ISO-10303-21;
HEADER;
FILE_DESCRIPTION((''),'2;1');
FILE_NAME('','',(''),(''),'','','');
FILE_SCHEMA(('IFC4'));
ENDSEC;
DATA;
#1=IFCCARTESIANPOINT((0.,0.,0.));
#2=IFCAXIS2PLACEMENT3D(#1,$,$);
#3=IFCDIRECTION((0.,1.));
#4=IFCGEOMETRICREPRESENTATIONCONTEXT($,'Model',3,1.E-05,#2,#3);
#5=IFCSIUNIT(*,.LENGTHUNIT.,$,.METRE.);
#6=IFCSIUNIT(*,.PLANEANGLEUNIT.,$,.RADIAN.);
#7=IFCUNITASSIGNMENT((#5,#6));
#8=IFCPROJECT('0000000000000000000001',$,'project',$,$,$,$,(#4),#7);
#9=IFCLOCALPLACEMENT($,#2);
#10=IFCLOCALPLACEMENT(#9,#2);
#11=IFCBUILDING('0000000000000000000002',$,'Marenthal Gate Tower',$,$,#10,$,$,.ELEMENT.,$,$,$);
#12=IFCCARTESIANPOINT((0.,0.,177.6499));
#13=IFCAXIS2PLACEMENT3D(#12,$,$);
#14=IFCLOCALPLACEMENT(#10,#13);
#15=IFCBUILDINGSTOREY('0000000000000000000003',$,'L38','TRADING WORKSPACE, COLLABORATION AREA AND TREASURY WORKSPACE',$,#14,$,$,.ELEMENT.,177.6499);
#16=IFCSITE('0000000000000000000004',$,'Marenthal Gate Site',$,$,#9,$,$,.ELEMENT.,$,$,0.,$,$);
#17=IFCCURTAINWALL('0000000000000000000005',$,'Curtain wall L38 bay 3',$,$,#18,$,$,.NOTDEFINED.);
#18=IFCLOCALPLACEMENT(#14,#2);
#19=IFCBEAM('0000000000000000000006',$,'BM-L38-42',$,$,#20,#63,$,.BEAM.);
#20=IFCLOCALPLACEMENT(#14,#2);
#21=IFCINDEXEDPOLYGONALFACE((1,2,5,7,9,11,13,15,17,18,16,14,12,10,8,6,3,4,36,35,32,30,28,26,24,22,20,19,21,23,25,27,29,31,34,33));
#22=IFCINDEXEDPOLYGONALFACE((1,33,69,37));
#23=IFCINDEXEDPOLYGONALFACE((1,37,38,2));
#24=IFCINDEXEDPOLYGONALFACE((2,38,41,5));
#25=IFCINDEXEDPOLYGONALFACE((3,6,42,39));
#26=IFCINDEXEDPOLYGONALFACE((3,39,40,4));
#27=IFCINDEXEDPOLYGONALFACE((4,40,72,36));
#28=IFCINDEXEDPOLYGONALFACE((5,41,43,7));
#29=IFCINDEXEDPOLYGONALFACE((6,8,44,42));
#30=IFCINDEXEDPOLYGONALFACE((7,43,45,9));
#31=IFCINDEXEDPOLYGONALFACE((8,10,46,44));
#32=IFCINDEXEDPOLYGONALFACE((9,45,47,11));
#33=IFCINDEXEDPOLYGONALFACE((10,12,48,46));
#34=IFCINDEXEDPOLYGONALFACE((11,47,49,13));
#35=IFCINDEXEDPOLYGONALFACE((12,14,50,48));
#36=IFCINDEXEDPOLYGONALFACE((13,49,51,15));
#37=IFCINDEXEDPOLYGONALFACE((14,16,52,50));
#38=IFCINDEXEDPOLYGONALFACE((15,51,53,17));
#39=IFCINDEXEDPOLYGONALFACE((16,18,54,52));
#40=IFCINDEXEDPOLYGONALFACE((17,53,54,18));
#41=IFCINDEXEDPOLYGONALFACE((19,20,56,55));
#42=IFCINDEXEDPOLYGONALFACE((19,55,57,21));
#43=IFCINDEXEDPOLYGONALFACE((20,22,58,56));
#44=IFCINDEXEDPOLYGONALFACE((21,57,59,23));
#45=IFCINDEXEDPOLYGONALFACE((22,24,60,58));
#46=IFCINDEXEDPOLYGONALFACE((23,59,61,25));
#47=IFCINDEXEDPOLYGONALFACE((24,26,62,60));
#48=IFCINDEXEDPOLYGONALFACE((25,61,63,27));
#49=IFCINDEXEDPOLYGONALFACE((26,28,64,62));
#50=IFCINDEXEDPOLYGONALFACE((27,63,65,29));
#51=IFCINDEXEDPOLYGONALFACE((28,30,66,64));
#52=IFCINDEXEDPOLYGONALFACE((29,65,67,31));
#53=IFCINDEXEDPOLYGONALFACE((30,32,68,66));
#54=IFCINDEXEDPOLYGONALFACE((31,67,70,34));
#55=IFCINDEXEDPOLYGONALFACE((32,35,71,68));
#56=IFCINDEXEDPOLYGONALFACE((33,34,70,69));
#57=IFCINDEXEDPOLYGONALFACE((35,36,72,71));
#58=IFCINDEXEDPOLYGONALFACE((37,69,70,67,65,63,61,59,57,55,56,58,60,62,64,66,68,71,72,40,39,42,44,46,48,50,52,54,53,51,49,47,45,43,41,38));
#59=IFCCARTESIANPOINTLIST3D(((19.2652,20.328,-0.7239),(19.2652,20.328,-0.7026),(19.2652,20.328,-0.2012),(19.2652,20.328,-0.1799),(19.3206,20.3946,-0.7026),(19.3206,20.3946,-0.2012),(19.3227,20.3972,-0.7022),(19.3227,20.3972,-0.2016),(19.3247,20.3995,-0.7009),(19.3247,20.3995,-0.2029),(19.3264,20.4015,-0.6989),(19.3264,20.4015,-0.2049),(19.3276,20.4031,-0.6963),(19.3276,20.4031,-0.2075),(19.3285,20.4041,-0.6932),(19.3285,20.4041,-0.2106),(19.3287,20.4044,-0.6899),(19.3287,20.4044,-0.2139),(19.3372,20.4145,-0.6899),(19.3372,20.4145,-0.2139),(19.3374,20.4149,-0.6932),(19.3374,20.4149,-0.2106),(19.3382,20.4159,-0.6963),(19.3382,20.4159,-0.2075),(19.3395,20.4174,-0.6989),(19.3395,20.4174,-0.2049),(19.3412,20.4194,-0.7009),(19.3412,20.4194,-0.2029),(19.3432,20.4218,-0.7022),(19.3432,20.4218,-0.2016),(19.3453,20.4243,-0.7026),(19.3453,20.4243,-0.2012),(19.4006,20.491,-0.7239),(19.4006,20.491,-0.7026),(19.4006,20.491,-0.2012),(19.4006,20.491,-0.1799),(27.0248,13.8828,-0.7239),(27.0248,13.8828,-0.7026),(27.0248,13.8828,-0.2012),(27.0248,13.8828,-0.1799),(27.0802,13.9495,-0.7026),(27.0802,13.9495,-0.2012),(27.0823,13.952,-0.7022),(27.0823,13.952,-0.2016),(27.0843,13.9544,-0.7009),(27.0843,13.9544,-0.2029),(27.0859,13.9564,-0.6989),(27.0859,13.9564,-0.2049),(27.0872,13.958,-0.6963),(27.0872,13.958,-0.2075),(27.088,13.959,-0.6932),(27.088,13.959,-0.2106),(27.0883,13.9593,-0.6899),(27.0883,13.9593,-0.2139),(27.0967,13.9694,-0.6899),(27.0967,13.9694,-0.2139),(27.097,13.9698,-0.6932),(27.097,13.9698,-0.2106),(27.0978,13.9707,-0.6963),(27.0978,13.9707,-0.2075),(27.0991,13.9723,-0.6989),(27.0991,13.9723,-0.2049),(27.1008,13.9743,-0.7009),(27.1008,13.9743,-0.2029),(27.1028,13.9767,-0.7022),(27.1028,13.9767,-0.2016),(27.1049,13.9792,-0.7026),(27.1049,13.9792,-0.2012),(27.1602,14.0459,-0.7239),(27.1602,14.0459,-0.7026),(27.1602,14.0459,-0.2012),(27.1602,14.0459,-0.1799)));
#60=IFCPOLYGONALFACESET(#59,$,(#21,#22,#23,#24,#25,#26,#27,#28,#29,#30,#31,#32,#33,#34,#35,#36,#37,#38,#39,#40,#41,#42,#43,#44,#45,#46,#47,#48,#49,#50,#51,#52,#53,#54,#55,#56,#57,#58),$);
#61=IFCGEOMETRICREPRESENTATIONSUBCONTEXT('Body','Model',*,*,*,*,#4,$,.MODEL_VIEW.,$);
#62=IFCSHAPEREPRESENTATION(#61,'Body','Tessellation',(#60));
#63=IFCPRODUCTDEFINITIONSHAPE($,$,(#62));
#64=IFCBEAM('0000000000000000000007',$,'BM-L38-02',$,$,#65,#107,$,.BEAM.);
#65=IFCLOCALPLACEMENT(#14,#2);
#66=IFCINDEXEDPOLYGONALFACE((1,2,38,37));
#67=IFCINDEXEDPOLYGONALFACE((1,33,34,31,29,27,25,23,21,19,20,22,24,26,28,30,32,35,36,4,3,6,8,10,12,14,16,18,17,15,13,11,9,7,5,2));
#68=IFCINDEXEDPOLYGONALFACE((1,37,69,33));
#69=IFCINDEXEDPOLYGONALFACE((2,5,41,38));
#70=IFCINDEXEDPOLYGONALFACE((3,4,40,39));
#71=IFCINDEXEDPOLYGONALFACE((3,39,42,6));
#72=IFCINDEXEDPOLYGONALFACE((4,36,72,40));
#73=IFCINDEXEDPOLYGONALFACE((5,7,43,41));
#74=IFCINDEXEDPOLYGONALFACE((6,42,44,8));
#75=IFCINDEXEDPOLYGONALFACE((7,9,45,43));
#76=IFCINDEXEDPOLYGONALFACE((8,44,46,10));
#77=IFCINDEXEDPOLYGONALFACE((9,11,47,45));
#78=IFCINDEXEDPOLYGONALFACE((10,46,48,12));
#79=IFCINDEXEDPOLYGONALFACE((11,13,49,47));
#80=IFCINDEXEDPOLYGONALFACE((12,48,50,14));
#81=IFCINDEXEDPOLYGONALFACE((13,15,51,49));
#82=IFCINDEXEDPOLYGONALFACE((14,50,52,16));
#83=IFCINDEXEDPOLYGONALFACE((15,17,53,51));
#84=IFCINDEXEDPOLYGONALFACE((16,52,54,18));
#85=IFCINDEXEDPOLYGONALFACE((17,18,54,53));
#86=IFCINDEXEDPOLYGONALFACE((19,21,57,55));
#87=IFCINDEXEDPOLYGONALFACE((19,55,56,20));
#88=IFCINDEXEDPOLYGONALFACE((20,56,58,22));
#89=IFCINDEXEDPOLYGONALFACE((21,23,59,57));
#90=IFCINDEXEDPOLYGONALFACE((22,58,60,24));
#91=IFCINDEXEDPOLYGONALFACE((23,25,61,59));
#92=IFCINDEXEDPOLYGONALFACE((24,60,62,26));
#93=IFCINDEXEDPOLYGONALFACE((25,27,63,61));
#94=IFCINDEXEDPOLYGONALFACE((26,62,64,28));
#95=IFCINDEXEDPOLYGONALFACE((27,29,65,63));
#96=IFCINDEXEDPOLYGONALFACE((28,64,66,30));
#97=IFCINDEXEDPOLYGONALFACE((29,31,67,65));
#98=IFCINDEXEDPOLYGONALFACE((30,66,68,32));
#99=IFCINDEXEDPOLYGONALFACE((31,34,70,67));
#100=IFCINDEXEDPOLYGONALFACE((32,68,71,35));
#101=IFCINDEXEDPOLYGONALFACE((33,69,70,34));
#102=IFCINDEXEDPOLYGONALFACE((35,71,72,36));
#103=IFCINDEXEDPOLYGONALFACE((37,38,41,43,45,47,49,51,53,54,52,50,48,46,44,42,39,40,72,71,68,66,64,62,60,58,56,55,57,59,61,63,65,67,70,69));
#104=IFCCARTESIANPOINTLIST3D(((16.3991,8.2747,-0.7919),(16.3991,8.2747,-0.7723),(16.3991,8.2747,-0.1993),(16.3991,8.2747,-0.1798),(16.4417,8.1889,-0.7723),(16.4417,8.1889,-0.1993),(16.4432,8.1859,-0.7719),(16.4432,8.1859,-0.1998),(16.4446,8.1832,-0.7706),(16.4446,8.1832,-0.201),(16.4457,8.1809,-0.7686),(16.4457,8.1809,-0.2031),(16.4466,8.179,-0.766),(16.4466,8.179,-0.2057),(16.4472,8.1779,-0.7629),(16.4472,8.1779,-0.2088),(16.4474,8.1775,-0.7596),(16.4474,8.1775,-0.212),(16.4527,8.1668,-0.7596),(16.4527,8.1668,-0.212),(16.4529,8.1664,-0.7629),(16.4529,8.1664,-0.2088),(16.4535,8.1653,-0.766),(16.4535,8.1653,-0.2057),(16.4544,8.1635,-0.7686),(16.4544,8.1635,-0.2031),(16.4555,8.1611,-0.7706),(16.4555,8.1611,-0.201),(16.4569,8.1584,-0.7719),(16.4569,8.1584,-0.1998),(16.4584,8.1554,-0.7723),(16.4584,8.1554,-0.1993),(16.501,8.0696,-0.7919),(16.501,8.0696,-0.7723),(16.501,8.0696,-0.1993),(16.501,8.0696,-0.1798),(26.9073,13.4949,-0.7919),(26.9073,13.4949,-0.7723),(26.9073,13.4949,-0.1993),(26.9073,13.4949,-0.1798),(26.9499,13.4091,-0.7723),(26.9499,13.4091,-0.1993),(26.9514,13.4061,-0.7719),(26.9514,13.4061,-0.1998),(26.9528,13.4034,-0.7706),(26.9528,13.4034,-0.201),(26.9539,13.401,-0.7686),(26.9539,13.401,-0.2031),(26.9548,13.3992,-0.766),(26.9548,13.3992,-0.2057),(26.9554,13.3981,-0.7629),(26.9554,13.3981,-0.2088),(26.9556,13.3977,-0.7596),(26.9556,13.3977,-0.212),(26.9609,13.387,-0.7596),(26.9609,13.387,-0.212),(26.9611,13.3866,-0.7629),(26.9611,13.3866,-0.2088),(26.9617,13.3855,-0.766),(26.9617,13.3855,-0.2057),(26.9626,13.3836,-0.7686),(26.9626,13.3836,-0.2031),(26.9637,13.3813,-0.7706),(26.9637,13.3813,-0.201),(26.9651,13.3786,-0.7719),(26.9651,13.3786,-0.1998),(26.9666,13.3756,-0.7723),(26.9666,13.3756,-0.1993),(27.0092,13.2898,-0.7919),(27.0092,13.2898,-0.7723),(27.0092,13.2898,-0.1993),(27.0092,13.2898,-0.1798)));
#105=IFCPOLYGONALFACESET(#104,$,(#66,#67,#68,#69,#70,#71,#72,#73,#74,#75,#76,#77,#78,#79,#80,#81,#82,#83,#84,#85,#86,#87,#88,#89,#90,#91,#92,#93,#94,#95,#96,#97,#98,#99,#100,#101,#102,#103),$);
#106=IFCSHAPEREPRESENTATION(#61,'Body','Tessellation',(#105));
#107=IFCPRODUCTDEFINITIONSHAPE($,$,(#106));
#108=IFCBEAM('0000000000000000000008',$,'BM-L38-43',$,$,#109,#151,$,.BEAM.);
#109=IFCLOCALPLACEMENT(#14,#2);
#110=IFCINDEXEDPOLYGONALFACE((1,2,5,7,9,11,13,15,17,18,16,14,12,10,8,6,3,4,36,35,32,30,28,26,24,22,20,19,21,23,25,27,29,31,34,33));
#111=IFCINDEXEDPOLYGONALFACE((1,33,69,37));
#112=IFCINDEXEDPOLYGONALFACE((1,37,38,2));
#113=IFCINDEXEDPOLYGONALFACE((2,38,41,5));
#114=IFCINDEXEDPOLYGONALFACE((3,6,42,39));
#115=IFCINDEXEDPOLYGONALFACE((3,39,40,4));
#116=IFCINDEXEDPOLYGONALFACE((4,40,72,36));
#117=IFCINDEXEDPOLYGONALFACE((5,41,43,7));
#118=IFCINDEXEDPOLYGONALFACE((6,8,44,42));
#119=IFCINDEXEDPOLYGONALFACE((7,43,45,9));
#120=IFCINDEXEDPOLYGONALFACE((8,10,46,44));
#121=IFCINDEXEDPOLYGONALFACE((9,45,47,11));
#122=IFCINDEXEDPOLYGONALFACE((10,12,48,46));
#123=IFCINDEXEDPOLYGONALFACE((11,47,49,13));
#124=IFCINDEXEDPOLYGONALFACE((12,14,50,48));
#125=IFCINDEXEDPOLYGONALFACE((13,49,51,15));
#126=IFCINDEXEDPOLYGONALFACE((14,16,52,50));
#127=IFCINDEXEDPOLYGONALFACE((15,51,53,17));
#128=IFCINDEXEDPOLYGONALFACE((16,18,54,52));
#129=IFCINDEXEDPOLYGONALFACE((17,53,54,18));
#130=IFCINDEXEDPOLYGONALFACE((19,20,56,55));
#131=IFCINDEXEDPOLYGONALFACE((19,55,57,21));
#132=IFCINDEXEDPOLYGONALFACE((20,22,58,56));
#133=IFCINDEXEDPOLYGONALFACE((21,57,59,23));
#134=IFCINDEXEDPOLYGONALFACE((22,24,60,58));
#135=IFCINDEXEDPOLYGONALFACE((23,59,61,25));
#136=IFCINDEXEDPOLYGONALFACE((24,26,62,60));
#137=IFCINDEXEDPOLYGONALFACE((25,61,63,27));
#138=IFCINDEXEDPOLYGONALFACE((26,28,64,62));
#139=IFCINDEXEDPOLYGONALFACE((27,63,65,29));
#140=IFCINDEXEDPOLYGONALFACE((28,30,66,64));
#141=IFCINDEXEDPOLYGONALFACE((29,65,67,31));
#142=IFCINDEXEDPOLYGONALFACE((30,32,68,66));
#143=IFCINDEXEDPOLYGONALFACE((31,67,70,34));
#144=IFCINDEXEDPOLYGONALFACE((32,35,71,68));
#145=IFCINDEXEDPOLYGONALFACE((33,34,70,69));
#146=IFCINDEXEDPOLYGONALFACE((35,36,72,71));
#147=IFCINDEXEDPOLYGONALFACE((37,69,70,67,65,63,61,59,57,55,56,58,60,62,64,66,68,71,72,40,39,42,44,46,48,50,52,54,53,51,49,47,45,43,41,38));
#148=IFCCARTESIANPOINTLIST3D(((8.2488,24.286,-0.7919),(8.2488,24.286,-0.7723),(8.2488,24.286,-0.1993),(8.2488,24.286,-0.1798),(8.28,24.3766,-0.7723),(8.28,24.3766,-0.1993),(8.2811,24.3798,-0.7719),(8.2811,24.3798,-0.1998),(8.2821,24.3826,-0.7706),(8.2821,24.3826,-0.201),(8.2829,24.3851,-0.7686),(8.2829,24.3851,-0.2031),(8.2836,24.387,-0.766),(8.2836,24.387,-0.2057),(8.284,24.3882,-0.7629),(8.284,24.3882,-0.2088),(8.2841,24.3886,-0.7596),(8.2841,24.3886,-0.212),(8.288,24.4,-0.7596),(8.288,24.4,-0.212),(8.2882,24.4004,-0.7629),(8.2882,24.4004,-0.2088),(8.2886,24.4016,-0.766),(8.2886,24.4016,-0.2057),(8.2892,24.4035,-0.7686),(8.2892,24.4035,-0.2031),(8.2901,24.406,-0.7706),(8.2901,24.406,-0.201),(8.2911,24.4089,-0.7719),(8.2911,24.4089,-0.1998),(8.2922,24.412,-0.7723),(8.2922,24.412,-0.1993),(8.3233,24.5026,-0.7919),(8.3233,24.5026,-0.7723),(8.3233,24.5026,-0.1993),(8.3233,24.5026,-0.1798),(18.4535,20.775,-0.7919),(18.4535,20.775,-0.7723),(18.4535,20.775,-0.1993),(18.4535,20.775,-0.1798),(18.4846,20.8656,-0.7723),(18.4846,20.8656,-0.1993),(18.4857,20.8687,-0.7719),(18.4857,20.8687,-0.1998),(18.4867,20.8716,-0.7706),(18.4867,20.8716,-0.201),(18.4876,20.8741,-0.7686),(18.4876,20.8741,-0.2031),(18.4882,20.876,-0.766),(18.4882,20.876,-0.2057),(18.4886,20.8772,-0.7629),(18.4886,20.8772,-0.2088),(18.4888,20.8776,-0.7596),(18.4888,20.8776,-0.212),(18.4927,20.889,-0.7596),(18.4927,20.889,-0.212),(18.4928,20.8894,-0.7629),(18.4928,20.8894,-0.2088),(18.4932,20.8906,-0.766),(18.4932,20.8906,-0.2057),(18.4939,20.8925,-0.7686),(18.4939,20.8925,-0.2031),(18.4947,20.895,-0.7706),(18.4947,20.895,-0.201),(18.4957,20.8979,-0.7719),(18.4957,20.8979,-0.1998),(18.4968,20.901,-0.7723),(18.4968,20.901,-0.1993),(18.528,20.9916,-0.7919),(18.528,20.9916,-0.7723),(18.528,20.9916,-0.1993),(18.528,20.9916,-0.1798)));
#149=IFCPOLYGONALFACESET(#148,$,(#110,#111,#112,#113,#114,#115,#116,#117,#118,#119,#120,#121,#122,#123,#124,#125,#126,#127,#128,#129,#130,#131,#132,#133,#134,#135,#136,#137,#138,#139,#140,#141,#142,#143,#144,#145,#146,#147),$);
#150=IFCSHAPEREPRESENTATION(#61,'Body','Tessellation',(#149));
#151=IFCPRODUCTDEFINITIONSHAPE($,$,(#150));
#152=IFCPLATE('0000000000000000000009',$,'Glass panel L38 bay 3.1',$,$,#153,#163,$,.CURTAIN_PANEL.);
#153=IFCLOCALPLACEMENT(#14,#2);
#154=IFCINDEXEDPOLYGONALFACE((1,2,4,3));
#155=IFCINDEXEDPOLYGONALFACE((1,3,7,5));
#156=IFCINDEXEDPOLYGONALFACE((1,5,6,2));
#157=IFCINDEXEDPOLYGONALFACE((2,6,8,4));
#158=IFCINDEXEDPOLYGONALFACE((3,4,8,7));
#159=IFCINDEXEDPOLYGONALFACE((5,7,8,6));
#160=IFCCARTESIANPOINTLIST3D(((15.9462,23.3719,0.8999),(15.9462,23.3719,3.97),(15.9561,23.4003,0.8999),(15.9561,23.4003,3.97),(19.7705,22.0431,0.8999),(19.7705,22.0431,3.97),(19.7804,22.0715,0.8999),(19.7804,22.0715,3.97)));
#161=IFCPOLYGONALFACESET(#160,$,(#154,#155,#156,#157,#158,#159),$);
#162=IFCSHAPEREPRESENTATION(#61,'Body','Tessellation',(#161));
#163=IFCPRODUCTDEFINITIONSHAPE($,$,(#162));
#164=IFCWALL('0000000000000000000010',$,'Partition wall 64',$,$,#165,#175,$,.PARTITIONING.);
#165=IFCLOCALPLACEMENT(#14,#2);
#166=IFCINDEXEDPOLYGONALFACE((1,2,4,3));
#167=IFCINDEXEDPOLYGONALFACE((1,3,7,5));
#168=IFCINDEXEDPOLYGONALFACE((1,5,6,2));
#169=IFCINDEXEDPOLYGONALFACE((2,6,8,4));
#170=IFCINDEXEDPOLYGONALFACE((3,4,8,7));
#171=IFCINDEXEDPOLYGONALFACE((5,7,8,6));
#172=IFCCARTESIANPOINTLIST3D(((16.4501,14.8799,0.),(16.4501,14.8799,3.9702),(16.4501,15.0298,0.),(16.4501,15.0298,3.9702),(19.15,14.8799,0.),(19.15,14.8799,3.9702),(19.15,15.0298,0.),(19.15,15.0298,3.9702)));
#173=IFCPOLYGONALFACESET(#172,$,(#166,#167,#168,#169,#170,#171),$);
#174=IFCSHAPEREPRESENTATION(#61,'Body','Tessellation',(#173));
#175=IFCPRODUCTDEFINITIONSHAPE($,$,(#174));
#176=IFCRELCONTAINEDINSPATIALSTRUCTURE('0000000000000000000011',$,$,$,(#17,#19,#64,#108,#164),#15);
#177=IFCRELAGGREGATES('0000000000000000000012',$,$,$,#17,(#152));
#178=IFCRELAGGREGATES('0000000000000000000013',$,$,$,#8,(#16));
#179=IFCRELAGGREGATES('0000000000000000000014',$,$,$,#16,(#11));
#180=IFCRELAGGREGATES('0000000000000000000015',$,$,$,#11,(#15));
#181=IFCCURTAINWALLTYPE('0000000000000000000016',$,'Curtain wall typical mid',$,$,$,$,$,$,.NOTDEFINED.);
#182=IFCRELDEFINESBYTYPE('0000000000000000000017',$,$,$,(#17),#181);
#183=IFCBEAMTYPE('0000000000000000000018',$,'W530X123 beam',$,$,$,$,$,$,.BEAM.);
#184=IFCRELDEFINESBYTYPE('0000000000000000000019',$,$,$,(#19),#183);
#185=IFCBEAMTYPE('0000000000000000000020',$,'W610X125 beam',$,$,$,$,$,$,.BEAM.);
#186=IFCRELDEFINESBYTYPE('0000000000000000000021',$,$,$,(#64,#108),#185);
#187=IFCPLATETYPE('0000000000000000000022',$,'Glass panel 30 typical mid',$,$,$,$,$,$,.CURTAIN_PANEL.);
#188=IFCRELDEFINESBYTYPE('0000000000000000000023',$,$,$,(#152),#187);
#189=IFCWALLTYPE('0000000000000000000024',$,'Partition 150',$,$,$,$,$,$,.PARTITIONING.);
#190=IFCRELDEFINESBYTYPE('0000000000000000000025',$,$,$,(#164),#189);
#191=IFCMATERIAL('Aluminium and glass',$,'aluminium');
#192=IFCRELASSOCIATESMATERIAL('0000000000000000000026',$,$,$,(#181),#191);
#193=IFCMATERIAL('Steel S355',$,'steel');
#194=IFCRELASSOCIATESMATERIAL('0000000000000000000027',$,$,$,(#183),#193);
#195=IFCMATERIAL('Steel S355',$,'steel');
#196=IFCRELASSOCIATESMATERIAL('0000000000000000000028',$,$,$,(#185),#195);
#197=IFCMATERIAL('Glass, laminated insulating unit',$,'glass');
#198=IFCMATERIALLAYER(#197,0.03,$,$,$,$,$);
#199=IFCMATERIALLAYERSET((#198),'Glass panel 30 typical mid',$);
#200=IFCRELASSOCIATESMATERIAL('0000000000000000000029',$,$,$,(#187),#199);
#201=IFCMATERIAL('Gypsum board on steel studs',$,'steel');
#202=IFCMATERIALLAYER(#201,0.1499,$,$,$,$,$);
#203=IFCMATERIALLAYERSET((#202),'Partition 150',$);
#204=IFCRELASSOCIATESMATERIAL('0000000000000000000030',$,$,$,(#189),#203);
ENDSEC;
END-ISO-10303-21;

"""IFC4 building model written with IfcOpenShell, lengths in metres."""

from ifc_helpers import new_model, si_unit, direction, frame, frame_2d, origin, origin_2d, place, context, subcontext, project, spatial, rectangle, i_section, extrude, material, layer, layer_set, material_profile, profile_set, type_object, element, aggregate, save


model = new_model("IFC4")

# Units and contexts
model_context = context("Model", 3, precision=1e-05, world=origin(), true_north=direction((0.0, 1.0)))
body_context = subcontext(model_context, "Body", "Model", "MODEL_VIEW")
ifc_project = project(units=[si_unit("LENGTHUNIT", "METRE"), si_unit("PLANEANGLEUNIT", "RADIAN")], contexts=[model_context])

# Site, building, storey
site_placement = place(None, origin())
site = spatial("IfcSite", under=ifc_project, at=site_placement, Name="Marenthal Gate Site", CompositionType="ELEMENT", RefElevation=0.0)
building_placement = place(site_placement, origin())
building = spatial("IfcBuilding", under=site, at=building_placement, Name="Marenthal Gate Tower", CompositionType="ELEMENT")
storey_placement = place(building_placement, frame((0.0, 0.0, 177.6499)))
storey = spatial("IfcBuildingStorey", under=building, at=storey_placement, Name="L38", Description="TRADING WORKSPACE, COLLABORATION AREA AND TREASURY WORKSPACE", CompositionType="ELEMENT", Elevation=177.6499)

# Shared definitions
ifc_material_1 = material(Name="Aluminium and glass", Category="aluminium")
curtain_wall_type = type_object("IfcCurtainWallType", Name="Curtain wall typical mid", PredefinedType="NOTDEFINED", material=ifc_material_1)

# Curtain wall
curtain_wall_1_placement = place(storey_placement, origin())
curtain_wall_1 = element("IfcCurtainWall", 1, at=curtain_wall_1_placement, inside=storey, type_object=curtain_wall_type, Name="Curtain wall L38 bay 3", PredefinedType="NOTDEFINED")

# Beams
ifc_material_2 = material(Name="Steel S355", Category="steel")
ifc_material_profile_1 = material_profile(ifc_material_2, i_section(OverallWidth=0.2119, OverallDepth=0.5439, WebThickness=0.0132, FlangeThickness=0.0212, FilletRadius=0.0127, at=origin_2d()), Name="W530X123")
ifc_profile_set_1 = profile_set([ifc_material_profile_1], Name="Steel S355")
beam_type_1 = type_object("IfcBeamType", Name="W530X123 beam", PredefinedType="BEAM", material=ifc_profile_set_1)
beam_1_placement = place(storey_placement, frame((27.0925, 13.9644, -0.4519), z_axis=(-0.769254, 0.638943, 0.0), x_axis=(-0.638943, -0.769254, 0.0)))
element("IfcBeam", 2, at=beam_1_placement, inside=storey, type_object=beam_type_1, Name="BM-L38-42", PredefinedType="BEAM", context=body_context, shape_type="SweptSolid", body=[
    extrude(i_section(OverallWidth=0.2119, OverallDepth=0.5439, WebThickness=0.0132, FlangeThickness=0.0212, FilletRadius=0.0127, at=origin_2d()), origin(), (0.0, 0.0, 1.0), 10.0872),
])
ifc_material_3 = material(Name="Steel S355", Category="steel")
ifc_material_profile_2 = material_profile(ifc_material_3, i_section(OverallWidth=0.229, OverallDepth=0.6121, WebThickness=0.012, FlangeThickness=0.0195, FilletRadius=0.0127, at=origin_2d()), Name="W610X125")
ifc_profile_set_2 = profile_set([ifc_material_profile_2], Name="Steel S355")
beam_type_2 = type_object("IfcBeamType", Name="W610X125 beam", PredefinedType="BEAM", material=ifc_profile_set_2)
beam_2_placement = place(storey_placement, frame((26.9583, 13.3923, -0.4858), z_axis=(-0.895581, -0.444898, 0.0), x_axis=(0.444898, -0.895581, 0.0)))
element("IfcBeam", 3, at=beam_2_placement, inside=storey, type_object=beam_type_2, Name="BM-L38-02", PredefinedType="BEAM", context=body_context, shape_type="SweptSolid", body=[
    extrude(i_section(OverallWidth=0.229, OverallDepth=0.6121, WebThickness=0.012, FlangeThickness=0.0195, FilletRadius=0.0127, at=origin_2d()), origin(), (0.0, 0.0, 1.0), 11.7334),
])
beam_3_placement = place(storey_placement, frame((18.4907, 20.8833, -0.4858), z_axis=(-0.945597, 0.325342, 0.0), x_axis=(-0.325342, -0.945597, 0.0)))
element("IfcBeam", 4, at=beam_3_placement, inside=storey, type_object=beam_type_2, Name="BM-L38-43", PredefinedType="BEAM", context=body_context, shape_type="SweptSolid", body=[
    extrude(i_section(OverallWidth=0.229, OverallDepth=0.6121, WebThickness=0.012, FlangeThickness=0.0195, FilletRadius=0.0127, at=origin_2d()), origin(), (0.0, 0.0, 1.0), 10.7917),
])

# Plate
ifc_material_4 = material(Name="Glass, laminated insulating unit", Category="glass")
ifc_layer_1 = layer(ifc_material_4, 0.03)
ifc_layer_set_1 = layer_set([ifc_layer_1], Name="Glass panel 30 typical mid")
plate_type = type_object("IfcPlateType", Name="Glass panel 30 typical mid", PredefinedType="CURTAIN_PANEL", material=ifc_layer_set_1)
plate_placement = place(storey_placement, frame((17.8633, 22.7217, 0.8999), z_axis=(0.0, 0.0, 1.0), x_axis=(-0.944604, 0.328211, 0.0)))
plate = element("IfcPlate", 5, at=plate_placement, type_object=plate_type, Name="Glass panel L38 bay 3.1", PredefinedType="CURTAIN_PANEL", context=body_context, shape_type="SweptSolid", body=[
    extrude(rectangle(XDim=4.0486, YDim=0.03, at=origin_2d()), origin(), (0.0, 0.0, 1.0), 3.0701),
])
aggregate(curtain_wall_1, [plate])

# Wall
ifc_material_5 = material(Name="Gypsum board on steel studs", Category="steel")
ifc_layer_2 = layer(ifc_material_5, 0.1499)
ifc_layer_set_2 = layer_set([ifc_layer_2], Name="Partition 150")
wall_type_1 = type_object("IfcWallType", Name="Partition 150", PredefinedType="PARTITIONING", material=ifc_layer_set_2)
wall_1_placement = place(storey_placement, frame((16.45, 14.9548, 0.0), z_axis=(0.0, 0.0, 1.0), x_axis=(1.0, 0.0, 0.0)))
element("IfcWall", 6, at=wall_1_placement, inside=storey, type_object=wall_type_1, Name="Partition wall 64", PredefinedType="PARTITIONING", context=body_context, shape_type="SweptSolid", body=[
    extrude(rectangle(XDim=2.7, YDim=0.1499, at=frame_2d((1.3501, 0.0))), origin(), (0.0, 0.0, 1.0), 3.9702),
])

save(model, "model.ifc")
